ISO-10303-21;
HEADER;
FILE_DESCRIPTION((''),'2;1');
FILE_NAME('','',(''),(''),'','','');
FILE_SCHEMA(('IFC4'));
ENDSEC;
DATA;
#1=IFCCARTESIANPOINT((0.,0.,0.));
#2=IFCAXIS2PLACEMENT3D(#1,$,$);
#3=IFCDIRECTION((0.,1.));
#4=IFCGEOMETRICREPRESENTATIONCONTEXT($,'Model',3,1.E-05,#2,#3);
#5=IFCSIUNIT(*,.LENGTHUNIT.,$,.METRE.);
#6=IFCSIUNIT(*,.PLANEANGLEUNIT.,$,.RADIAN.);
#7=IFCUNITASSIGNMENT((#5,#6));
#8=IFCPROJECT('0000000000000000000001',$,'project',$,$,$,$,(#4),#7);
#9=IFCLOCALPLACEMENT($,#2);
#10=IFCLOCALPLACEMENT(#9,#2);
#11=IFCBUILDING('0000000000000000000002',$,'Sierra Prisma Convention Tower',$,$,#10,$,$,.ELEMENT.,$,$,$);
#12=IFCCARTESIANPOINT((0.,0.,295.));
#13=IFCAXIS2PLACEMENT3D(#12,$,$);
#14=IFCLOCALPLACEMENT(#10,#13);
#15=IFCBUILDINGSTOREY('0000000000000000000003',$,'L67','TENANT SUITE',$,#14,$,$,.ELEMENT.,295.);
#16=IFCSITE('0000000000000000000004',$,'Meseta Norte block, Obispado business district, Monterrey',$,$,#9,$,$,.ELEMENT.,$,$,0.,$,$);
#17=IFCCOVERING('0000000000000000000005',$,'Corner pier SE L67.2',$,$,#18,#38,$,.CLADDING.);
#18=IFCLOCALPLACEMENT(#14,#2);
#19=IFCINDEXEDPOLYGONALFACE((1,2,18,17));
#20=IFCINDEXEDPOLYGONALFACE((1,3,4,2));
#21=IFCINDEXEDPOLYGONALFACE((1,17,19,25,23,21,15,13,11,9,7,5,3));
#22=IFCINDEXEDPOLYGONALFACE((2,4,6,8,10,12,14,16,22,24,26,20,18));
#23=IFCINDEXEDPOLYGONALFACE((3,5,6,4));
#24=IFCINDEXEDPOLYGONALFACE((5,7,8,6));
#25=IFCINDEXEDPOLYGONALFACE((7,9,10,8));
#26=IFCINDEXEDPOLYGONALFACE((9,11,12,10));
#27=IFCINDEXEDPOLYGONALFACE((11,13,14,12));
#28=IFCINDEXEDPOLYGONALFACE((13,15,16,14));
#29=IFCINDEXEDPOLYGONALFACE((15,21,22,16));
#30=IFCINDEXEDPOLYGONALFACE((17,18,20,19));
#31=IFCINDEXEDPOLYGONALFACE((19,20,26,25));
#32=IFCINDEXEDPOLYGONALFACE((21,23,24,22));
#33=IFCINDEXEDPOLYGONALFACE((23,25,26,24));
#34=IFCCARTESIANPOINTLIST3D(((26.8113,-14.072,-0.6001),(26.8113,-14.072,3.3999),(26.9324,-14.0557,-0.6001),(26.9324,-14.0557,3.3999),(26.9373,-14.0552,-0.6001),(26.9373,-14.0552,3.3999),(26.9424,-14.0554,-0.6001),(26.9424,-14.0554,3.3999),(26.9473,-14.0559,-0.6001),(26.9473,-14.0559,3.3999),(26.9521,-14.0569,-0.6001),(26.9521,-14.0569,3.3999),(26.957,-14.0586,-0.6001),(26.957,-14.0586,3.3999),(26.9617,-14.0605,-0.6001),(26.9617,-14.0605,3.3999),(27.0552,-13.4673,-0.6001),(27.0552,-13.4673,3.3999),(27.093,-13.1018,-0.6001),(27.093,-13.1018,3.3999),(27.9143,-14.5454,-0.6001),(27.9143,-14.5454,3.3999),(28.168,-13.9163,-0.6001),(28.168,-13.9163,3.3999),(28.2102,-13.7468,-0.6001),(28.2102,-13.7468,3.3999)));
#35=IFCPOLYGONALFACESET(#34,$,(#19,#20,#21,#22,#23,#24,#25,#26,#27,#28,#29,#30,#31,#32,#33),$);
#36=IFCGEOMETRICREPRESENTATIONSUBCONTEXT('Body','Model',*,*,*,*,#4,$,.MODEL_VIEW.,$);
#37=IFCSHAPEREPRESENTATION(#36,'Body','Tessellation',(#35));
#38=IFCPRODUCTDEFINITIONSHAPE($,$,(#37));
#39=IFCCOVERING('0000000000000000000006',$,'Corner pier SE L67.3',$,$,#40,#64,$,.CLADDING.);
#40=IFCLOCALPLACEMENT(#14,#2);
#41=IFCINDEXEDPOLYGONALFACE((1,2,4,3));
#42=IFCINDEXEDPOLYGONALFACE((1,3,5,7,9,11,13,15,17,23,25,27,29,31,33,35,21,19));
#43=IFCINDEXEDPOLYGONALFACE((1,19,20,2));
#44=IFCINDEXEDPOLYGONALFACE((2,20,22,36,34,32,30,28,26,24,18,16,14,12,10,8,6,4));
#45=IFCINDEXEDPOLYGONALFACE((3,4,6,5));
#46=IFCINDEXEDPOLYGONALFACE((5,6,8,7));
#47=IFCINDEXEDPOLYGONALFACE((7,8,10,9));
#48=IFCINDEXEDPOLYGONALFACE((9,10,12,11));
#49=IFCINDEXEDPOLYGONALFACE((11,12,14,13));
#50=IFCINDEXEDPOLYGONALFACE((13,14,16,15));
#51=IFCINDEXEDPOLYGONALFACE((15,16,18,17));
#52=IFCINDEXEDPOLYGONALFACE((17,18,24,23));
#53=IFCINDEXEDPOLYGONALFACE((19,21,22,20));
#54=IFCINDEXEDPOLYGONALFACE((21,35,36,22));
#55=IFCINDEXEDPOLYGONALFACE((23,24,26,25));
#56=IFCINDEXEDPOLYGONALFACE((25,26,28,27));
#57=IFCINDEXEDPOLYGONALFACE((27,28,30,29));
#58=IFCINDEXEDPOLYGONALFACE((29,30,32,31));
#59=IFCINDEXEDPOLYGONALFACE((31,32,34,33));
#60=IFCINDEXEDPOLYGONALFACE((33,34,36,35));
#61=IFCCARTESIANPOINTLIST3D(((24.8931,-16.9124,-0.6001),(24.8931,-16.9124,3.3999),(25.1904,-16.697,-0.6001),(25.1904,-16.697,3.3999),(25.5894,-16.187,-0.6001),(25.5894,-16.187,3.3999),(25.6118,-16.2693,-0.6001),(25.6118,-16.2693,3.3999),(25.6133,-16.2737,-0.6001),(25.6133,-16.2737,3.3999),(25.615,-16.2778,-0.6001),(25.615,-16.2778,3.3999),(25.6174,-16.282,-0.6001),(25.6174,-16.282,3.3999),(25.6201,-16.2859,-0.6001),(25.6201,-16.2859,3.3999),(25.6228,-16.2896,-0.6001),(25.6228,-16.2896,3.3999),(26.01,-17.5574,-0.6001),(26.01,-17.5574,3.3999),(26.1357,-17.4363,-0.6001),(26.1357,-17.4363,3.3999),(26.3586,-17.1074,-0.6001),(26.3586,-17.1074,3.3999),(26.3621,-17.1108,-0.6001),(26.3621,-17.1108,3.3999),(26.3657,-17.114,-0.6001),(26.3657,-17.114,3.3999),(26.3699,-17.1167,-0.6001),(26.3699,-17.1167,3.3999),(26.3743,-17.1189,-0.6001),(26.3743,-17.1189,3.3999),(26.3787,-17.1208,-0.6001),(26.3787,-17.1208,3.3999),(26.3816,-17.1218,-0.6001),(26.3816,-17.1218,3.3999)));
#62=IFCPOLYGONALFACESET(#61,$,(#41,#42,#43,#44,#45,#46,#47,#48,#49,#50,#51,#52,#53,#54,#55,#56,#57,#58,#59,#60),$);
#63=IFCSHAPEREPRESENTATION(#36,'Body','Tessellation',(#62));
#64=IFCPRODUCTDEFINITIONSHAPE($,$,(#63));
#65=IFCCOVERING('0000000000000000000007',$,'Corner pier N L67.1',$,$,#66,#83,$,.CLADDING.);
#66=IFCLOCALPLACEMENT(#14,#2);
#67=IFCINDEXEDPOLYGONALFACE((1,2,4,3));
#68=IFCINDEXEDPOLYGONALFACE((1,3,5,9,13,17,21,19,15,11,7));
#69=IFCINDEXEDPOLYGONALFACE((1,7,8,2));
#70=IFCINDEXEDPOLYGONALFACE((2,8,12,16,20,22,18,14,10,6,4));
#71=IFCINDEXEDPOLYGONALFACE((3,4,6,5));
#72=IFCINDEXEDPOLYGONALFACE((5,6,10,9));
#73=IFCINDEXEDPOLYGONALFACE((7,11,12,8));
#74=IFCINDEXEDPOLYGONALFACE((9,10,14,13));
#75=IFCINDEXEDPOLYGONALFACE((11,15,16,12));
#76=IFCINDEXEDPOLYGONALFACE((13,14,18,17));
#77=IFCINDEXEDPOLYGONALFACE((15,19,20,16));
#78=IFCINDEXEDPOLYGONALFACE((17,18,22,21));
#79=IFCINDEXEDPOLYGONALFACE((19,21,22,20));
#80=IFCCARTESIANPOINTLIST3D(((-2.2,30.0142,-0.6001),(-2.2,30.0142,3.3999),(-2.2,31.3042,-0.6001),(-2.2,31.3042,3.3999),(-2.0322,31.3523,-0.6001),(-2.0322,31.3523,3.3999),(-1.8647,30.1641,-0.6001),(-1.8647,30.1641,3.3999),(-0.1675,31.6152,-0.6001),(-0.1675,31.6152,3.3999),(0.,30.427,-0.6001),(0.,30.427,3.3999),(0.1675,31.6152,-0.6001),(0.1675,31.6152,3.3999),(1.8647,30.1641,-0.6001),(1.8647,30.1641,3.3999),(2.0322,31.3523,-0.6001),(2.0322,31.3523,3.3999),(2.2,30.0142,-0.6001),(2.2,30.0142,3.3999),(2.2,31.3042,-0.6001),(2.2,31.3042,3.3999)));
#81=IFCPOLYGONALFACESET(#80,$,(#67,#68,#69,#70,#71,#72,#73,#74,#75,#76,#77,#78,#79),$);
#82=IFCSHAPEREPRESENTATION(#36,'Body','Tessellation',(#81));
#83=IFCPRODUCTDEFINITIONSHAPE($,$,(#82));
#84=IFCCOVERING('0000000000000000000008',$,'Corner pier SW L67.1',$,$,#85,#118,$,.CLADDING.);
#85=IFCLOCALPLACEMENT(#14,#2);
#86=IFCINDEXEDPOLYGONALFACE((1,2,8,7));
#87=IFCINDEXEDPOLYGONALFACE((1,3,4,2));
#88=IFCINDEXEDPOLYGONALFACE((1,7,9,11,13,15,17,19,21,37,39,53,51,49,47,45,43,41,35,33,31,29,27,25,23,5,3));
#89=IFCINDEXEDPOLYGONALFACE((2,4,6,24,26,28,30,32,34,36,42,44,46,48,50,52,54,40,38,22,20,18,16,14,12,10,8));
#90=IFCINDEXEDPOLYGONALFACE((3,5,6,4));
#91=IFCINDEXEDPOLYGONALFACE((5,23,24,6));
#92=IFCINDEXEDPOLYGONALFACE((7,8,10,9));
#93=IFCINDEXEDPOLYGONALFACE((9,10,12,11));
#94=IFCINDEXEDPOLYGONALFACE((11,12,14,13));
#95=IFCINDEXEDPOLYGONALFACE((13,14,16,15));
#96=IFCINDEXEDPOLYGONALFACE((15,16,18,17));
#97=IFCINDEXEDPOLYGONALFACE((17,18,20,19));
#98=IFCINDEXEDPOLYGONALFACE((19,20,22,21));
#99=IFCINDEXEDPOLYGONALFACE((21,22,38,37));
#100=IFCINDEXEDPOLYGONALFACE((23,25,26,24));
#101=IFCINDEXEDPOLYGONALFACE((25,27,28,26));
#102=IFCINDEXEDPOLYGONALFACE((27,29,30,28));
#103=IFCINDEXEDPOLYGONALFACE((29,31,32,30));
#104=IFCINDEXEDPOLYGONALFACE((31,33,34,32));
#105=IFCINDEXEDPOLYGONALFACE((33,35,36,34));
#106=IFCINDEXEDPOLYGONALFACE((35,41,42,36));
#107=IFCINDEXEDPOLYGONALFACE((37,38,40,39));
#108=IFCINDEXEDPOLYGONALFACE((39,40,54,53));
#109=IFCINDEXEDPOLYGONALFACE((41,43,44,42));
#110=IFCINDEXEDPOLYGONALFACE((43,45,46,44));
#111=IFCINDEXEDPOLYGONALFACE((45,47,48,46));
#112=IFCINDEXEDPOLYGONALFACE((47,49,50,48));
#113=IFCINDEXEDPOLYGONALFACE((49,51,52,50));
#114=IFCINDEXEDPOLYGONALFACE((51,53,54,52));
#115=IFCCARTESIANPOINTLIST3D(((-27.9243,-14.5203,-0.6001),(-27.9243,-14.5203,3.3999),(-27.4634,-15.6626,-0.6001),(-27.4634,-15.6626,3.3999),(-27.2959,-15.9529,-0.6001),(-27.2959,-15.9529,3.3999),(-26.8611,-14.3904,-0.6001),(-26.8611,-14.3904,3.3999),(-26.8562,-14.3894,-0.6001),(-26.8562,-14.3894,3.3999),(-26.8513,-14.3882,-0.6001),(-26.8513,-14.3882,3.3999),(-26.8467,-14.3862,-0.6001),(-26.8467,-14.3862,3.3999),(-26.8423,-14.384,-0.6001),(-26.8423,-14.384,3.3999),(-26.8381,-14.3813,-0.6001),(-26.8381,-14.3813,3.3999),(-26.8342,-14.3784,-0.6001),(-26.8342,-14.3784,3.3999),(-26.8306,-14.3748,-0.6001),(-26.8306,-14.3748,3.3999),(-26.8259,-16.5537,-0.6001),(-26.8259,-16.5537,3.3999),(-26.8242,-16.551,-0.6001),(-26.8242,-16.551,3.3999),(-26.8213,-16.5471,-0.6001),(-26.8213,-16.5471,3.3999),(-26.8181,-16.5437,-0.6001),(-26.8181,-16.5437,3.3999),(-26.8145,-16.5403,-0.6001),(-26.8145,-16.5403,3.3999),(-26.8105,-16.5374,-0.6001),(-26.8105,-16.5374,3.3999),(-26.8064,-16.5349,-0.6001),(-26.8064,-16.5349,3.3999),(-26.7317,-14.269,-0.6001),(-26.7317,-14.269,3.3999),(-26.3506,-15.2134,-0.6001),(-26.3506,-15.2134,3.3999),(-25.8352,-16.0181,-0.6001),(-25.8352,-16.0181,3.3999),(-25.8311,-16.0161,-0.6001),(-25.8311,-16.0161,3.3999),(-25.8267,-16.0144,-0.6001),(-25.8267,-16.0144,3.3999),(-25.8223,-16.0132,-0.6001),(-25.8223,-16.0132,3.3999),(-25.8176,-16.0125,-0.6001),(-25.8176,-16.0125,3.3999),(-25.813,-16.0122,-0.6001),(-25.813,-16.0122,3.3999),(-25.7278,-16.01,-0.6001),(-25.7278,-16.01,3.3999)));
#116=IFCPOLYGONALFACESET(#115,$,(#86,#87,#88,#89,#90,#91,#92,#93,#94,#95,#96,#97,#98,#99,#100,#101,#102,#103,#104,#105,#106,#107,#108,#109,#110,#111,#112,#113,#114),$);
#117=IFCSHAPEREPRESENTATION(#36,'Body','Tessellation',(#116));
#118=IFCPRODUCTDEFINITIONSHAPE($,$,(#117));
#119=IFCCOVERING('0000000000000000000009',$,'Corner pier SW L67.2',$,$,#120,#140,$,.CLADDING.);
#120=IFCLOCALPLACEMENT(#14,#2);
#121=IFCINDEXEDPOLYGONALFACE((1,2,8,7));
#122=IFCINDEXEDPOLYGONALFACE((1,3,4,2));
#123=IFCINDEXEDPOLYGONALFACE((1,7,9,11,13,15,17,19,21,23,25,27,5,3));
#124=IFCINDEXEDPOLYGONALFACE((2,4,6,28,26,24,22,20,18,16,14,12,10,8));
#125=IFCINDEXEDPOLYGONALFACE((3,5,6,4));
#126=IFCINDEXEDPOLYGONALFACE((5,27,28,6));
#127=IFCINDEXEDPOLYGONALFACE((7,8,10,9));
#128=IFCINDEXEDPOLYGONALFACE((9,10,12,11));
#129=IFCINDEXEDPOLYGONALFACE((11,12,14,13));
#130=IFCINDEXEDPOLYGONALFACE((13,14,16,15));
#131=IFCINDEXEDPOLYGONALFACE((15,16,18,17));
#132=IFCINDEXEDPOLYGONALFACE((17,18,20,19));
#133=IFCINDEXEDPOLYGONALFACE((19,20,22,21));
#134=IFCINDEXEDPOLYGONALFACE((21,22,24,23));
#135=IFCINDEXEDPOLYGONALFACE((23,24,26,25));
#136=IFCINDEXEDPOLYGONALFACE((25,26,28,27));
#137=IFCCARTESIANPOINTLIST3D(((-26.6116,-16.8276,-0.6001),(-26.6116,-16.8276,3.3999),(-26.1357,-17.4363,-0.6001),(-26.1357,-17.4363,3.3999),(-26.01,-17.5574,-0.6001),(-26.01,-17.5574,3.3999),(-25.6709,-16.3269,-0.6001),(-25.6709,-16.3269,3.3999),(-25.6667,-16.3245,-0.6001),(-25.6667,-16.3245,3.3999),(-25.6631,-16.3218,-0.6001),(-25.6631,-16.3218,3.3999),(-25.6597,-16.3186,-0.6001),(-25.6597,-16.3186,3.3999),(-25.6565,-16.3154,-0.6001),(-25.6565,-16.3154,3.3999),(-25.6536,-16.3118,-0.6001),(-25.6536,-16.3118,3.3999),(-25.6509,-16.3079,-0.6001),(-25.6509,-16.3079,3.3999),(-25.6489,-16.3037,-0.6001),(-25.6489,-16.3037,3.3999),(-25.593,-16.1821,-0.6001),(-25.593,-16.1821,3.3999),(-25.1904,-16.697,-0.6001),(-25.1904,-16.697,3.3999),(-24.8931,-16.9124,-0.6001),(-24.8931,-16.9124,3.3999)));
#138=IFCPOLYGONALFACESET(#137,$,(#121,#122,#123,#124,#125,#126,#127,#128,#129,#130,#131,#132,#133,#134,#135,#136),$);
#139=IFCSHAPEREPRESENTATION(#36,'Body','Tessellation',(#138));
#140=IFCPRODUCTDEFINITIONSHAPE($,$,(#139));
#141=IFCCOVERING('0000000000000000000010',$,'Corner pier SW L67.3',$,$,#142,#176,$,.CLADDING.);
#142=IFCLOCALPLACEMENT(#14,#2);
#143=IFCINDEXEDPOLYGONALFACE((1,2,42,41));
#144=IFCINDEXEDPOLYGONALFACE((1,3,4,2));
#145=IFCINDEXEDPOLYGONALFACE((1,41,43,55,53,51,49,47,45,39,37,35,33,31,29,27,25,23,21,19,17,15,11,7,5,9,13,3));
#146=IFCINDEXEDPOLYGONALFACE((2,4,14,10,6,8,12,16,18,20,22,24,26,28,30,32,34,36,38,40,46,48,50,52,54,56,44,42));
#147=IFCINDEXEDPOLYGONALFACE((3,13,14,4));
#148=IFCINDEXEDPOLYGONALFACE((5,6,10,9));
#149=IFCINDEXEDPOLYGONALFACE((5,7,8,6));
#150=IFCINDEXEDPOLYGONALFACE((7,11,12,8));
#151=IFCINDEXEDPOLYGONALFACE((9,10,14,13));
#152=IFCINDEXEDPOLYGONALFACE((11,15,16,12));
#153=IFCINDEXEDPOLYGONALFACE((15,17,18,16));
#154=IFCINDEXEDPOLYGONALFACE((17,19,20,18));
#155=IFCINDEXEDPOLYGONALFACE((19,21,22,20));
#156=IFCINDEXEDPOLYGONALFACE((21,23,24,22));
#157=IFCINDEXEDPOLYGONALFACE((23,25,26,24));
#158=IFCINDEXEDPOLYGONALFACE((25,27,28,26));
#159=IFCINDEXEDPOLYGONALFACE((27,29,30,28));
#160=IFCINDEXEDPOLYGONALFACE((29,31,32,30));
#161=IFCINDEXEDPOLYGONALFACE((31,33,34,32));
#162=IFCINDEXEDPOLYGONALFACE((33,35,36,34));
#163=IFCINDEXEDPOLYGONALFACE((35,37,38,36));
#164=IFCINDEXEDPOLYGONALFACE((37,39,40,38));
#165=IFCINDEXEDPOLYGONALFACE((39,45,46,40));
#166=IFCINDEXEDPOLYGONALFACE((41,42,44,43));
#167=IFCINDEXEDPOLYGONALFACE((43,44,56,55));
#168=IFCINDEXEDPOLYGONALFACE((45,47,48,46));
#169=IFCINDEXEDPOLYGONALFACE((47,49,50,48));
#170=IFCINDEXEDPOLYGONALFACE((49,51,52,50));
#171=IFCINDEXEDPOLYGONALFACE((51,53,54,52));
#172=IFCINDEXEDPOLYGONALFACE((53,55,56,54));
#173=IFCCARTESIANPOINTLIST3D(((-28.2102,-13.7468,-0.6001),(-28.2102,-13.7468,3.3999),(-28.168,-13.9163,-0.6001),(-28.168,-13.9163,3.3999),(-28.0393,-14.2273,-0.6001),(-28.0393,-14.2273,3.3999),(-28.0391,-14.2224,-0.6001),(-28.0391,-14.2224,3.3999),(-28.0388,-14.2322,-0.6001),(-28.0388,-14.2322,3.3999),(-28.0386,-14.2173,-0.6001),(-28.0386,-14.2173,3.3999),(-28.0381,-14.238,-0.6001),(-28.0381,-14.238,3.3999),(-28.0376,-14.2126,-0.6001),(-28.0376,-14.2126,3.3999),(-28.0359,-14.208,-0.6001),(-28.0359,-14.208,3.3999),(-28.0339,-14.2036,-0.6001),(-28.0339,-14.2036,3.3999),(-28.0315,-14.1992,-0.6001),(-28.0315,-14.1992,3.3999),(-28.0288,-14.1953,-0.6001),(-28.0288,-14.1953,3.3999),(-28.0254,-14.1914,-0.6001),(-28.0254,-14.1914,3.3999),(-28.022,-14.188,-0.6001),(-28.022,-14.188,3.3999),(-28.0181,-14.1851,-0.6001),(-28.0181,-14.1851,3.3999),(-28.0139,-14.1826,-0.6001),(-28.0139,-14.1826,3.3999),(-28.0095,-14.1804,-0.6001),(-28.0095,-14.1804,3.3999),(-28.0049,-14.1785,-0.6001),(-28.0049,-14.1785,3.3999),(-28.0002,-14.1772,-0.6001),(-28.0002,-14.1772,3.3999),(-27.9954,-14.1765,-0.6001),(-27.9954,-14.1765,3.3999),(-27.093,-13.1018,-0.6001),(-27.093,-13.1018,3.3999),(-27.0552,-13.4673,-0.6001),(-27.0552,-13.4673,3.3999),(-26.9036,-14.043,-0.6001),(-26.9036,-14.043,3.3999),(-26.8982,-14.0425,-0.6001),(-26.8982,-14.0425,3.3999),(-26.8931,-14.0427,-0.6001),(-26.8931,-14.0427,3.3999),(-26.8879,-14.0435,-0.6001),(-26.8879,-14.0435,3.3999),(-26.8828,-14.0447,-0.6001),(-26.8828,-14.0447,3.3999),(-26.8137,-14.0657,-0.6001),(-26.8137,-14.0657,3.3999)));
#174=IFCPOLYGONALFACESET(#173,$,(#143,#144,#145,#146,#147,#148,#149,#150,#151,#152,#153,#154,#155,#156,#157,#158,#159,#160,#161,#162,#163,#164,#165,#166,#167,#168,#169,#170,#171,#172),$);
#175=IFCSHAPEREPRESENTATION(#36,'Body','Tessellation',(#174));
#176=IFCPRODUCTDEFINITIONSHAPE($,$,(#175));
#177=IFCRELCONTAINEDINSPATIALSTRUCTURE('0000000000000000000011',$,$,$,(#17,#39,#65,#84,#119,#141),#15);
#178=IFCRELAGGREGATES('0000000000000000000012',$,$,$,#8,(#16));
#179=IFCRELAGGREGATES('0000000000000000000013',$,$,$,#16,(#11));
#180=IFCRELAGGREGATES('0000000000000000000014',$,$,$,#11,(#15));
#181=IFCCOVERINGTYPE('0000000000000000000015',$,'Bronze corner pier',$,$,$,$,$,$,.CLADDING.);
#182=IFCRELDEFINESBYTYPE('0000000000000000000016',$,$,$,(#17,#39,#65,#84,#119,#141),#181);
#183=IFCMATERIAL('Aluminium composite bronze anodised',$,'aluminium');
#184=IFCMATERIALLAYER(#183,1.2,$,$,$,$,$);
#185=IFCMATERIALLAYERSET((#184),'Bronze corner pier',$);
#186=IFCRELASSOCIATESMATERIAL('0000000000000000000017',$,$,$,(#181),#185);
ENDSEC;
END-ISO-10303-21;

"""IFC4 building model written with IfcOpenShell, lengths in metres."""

from ifc_helpers import new_model, si_unit, direction, frame, origin, place, context, subcontext, project, spatial, polyline, outline, extrude, material, layer, layer_set, type_object, element, save


model = new_model("IFC4")

# Units and contexts
model_context = context("Model", 3, precision=1e-05, world=origin(), true_north=direction((0.0, 1.0)))
body_context = subcontext(model_context, "Body", "Model", "MODEL_VIEW")
ifc_project = project(units=[si_unit("LENGTHUNIT", "METRE"), si_unit("PLANEANGLEUNIT", "RADIAN")], contexts=[model_context])

# Site, building, storey
site_placement = place(None, origin())
site = spatial("IfcSite", under=ifc_project, at=site_placement, Name="Meseta Norte block, Obispado business district, Monterrey", CompositionType="ELEMENT", RefElevation=0.0)
building_placement = place(site_placement, origin())
building = spatial("IfcBuilding", under=site, at=building_placement, Name="Sierra Prisma Convention Tower", CompositionType="ELEMENT")
storey_placement = place(building_placement, frame((0.0, 0.0, 295.0)))
storey = spatial("IfcBuildingStorey", under=building, at=storey_placement, Name="L67", Description="TENANT SUITE", CompositionType="ELEMENT", Elevation=295.0)

# Coverings
ifc_material_1 = material(Name="Aluminium composite bronze anodised", Category="aluminium")
ifc_layer_1 = layer(ifc_material_1, 1.2)
ifc_layer_set_1 = layer_set([ifc_layer_1], Name="Bronze corner pier")
covering_type_1 = type_object("IfcCoveringType", Name="Bronze corner pier", PredefinedType="CLADDING", material=ifc_layer_set_1)
covering_1_placement = place(storey_placement, frame((0.0, 0.0, -0.6001)))
element("IfcCovering", 1, at=covering_1_placement, inside=storey, type_object=covering_type_1, Name="Corner pier SE L67.2", PredefinedType="CLADDING", context=body_context, shape_type="SweptSolid", body=[
    extrude(outline(polyline([(26.9324, -14.0557), (26.8113, -14.072), (27.0552, -13.4673), (27.093, -13.1018), (28.2102, -13.7468), (28.168, -13.9163), (27.9143, -14.5454), (26.9617, -14.0605), (26.957, -14.0586), (26.9521, -14.0569), (26.9473, -14.0559), (26.9424, -14.0554), (26.9373, -14.0552), (26.9324, -14.0557)])), origin(), (0.0, 0.0, 1.0), 4.0),
])
covering_2_placement = place(storey_placement, frame((0.0, 0.0, -0.6001)))
element("IfcCovering", 2, at=covering_2_placement, inside=storey, type_object=covering_type_1, Name="Corner pier SE L67.3", PredefinedType="CLADDING", context=body_context, shape_type="SweptSolid", body=[
    extrude(outline(polyline([(26.3621, -17.1108), (26.3657, -17.114), (26.3699, -17.1167), (26.3743, -17.1189), (26.3787, -17.1208), (26.3816, -17.1218), (26.1357, -17.4363), (26.01, -17.5574), (24.8931, -16.9124), (25.1904, -16.697), (25.5894, -16.187), (25.6118, -16.2693), (25.6133, -16.2737), (25.615, -16.2778), (25.6174, -16.282), (25.6201, -16.2859), (25.6228, -16.2896), (26.3586, -17.1074), (26.3621, -17.1108)])), origin(), (0.0, 0.0, 1.0), 4.0),
])
covering_3_placement = place(storey_placement, frame((0.0, 0.0, -0.6001)))
element("IfcCovering", 3, at=covering_3_placement, inside=storey, type_object=covering_type_1, Name="Corner pier N L67.1", PredefinedType="CLADDING", context=body_context, shape_type="SweptSolid", body=[
    extrude(outline(polyline([(2.2, 31.3042), (2.2, 30.0142), (1.8647, 30.1641), (0.0, 30.427), (-1.8647, 30.1641), (-2.2, 30.0142), (-2.2, 31.3042), (-2.0322, 31.3523), (-0.1675, 31.6152), (0.1675, 31.6152), (2.0322, 31.3523), (2.2, 31.3042)])), origin(), (0.0, 0.0, 1.0), 4.0),
])
covering_4_placement = place(storey_placement, frame((0.0, 0.0, -0.6001)))
element("IfcCovering", 4, at=covering_4_placement, inside=storey, type_object=covering_type_1, Name="Corner pier SW L67.1", PredefinedType="CLADDING", context=body_context, shape_type="SweptSolid", body=[
    extrude(outline(polyline([(-26.8611, -14.3904), (-26.8562, -14.3894), (-26.8513, -14.3882), (-26.8467, -14.3862), (-26.8423, -14.384), (-26.8381, -14.3813), (-26.8342, -14.3784), (-26.8306, -14.3748), (-26.7317, -14.269), (-26.3506, -15.2134), (-25.7278, -16.01), (-25.813, -16.0122), (-25.8176, -16.0125), (-25.8223, -16.0132), (-25.8267, -16.0144), (-25.8311, -16.0161), (-25.8352, -16.0181), (-26.8064, -16.5349), (-26.8105, -16.5374), (-26.8145, -16.5403), (-26.8181, -16.5437), (-26.8213, -16.5471), (-26.8242, -16.551), (-26.8259, -16.5537), (-27.2959, -15.9529), (-27.4634, -15.6626), (-27.9243, -14.5203), (-26.8611, -14.3904)])), origin(), (0.0, 0.0, 1.0), 4.0),
])
covering_5_placement = place(storey_placement, frame((0.0, 0.0, -0.6001)))
element("IfcCovering", 5, at=covering_5_placement, inside=storey, type_object=covering_type_1, Name="Corner pier SW L67.2", PredefinedType="CLADDING", context=body_context, shape_type="SweptSolid", body=[
    extrude(outline(polyline([(-24.8931, -16.9124), (-26.01, -17.5574), (-26.1357, -17.4363), (-26.6116, -16.8276), (-25.6709, -16.3269), (-25.6667, -16.3245), (-25.6631, -16.3218), (-25.6597, -16.3186), (-25.6565, -16.3154), (-25.6536, -16.3118), (-25.6509, -16.3079), (-25.6489, -16.3037), (-25.593, -16.1821), (-25.1904, -16.697), (-24.8931, -16.9124)])), origin(), (0.0, 0.0, 1.0), 4.0),
])
covering_6_placement = place(storey_placement, frame((0.0, 0.0, -0.6001)))
element("IfcCovering", 6, at=covering_6_placement, inside=storey, type_object=covering_type_1, Name="Corner pier SW L67.3", PredefinedType="CLADDING", context=body_context, shape_type="SweptSolid", body=[
    extrude(outline(polyline([(-27.093, -13.1018), (-27.0552, -13.4673), (-26.8137, -14.0657), (-26.8828, -14.0447), (-26.8879, -14.0435), (-26.8931, -14.0427), (-26.8982, -14.0425), (-26.9036, -14.043), (-27.9954, -14.1765), (-28.0002, -14.1772), (-28.0049, -14.1785), (-28.0095, -14.1804), (-28.0139, -14.1826), (-28.0181, -14.1851), (-28.022, -14.188), (-28.0254, -14.1914), (-28.0288, -14.1953), (-28.0315, -14.1992), (-28.0339, -14.2036), (-28.0359, -14.208), (-28.0376, -14.2126), (-28.0386, -14.2173), (-28.0391, -14.2224), (-28.0393, -14.2273), (-28.0388, -14.2322), (-28.0381, -14.238), (-28.168, -13.9163), (-28.2102, -13.7468), (-27.093, -13.1018)])), origin(), (0.0, 0.0, 1.0), 4.0),
])

save(model, "model.ifc")
